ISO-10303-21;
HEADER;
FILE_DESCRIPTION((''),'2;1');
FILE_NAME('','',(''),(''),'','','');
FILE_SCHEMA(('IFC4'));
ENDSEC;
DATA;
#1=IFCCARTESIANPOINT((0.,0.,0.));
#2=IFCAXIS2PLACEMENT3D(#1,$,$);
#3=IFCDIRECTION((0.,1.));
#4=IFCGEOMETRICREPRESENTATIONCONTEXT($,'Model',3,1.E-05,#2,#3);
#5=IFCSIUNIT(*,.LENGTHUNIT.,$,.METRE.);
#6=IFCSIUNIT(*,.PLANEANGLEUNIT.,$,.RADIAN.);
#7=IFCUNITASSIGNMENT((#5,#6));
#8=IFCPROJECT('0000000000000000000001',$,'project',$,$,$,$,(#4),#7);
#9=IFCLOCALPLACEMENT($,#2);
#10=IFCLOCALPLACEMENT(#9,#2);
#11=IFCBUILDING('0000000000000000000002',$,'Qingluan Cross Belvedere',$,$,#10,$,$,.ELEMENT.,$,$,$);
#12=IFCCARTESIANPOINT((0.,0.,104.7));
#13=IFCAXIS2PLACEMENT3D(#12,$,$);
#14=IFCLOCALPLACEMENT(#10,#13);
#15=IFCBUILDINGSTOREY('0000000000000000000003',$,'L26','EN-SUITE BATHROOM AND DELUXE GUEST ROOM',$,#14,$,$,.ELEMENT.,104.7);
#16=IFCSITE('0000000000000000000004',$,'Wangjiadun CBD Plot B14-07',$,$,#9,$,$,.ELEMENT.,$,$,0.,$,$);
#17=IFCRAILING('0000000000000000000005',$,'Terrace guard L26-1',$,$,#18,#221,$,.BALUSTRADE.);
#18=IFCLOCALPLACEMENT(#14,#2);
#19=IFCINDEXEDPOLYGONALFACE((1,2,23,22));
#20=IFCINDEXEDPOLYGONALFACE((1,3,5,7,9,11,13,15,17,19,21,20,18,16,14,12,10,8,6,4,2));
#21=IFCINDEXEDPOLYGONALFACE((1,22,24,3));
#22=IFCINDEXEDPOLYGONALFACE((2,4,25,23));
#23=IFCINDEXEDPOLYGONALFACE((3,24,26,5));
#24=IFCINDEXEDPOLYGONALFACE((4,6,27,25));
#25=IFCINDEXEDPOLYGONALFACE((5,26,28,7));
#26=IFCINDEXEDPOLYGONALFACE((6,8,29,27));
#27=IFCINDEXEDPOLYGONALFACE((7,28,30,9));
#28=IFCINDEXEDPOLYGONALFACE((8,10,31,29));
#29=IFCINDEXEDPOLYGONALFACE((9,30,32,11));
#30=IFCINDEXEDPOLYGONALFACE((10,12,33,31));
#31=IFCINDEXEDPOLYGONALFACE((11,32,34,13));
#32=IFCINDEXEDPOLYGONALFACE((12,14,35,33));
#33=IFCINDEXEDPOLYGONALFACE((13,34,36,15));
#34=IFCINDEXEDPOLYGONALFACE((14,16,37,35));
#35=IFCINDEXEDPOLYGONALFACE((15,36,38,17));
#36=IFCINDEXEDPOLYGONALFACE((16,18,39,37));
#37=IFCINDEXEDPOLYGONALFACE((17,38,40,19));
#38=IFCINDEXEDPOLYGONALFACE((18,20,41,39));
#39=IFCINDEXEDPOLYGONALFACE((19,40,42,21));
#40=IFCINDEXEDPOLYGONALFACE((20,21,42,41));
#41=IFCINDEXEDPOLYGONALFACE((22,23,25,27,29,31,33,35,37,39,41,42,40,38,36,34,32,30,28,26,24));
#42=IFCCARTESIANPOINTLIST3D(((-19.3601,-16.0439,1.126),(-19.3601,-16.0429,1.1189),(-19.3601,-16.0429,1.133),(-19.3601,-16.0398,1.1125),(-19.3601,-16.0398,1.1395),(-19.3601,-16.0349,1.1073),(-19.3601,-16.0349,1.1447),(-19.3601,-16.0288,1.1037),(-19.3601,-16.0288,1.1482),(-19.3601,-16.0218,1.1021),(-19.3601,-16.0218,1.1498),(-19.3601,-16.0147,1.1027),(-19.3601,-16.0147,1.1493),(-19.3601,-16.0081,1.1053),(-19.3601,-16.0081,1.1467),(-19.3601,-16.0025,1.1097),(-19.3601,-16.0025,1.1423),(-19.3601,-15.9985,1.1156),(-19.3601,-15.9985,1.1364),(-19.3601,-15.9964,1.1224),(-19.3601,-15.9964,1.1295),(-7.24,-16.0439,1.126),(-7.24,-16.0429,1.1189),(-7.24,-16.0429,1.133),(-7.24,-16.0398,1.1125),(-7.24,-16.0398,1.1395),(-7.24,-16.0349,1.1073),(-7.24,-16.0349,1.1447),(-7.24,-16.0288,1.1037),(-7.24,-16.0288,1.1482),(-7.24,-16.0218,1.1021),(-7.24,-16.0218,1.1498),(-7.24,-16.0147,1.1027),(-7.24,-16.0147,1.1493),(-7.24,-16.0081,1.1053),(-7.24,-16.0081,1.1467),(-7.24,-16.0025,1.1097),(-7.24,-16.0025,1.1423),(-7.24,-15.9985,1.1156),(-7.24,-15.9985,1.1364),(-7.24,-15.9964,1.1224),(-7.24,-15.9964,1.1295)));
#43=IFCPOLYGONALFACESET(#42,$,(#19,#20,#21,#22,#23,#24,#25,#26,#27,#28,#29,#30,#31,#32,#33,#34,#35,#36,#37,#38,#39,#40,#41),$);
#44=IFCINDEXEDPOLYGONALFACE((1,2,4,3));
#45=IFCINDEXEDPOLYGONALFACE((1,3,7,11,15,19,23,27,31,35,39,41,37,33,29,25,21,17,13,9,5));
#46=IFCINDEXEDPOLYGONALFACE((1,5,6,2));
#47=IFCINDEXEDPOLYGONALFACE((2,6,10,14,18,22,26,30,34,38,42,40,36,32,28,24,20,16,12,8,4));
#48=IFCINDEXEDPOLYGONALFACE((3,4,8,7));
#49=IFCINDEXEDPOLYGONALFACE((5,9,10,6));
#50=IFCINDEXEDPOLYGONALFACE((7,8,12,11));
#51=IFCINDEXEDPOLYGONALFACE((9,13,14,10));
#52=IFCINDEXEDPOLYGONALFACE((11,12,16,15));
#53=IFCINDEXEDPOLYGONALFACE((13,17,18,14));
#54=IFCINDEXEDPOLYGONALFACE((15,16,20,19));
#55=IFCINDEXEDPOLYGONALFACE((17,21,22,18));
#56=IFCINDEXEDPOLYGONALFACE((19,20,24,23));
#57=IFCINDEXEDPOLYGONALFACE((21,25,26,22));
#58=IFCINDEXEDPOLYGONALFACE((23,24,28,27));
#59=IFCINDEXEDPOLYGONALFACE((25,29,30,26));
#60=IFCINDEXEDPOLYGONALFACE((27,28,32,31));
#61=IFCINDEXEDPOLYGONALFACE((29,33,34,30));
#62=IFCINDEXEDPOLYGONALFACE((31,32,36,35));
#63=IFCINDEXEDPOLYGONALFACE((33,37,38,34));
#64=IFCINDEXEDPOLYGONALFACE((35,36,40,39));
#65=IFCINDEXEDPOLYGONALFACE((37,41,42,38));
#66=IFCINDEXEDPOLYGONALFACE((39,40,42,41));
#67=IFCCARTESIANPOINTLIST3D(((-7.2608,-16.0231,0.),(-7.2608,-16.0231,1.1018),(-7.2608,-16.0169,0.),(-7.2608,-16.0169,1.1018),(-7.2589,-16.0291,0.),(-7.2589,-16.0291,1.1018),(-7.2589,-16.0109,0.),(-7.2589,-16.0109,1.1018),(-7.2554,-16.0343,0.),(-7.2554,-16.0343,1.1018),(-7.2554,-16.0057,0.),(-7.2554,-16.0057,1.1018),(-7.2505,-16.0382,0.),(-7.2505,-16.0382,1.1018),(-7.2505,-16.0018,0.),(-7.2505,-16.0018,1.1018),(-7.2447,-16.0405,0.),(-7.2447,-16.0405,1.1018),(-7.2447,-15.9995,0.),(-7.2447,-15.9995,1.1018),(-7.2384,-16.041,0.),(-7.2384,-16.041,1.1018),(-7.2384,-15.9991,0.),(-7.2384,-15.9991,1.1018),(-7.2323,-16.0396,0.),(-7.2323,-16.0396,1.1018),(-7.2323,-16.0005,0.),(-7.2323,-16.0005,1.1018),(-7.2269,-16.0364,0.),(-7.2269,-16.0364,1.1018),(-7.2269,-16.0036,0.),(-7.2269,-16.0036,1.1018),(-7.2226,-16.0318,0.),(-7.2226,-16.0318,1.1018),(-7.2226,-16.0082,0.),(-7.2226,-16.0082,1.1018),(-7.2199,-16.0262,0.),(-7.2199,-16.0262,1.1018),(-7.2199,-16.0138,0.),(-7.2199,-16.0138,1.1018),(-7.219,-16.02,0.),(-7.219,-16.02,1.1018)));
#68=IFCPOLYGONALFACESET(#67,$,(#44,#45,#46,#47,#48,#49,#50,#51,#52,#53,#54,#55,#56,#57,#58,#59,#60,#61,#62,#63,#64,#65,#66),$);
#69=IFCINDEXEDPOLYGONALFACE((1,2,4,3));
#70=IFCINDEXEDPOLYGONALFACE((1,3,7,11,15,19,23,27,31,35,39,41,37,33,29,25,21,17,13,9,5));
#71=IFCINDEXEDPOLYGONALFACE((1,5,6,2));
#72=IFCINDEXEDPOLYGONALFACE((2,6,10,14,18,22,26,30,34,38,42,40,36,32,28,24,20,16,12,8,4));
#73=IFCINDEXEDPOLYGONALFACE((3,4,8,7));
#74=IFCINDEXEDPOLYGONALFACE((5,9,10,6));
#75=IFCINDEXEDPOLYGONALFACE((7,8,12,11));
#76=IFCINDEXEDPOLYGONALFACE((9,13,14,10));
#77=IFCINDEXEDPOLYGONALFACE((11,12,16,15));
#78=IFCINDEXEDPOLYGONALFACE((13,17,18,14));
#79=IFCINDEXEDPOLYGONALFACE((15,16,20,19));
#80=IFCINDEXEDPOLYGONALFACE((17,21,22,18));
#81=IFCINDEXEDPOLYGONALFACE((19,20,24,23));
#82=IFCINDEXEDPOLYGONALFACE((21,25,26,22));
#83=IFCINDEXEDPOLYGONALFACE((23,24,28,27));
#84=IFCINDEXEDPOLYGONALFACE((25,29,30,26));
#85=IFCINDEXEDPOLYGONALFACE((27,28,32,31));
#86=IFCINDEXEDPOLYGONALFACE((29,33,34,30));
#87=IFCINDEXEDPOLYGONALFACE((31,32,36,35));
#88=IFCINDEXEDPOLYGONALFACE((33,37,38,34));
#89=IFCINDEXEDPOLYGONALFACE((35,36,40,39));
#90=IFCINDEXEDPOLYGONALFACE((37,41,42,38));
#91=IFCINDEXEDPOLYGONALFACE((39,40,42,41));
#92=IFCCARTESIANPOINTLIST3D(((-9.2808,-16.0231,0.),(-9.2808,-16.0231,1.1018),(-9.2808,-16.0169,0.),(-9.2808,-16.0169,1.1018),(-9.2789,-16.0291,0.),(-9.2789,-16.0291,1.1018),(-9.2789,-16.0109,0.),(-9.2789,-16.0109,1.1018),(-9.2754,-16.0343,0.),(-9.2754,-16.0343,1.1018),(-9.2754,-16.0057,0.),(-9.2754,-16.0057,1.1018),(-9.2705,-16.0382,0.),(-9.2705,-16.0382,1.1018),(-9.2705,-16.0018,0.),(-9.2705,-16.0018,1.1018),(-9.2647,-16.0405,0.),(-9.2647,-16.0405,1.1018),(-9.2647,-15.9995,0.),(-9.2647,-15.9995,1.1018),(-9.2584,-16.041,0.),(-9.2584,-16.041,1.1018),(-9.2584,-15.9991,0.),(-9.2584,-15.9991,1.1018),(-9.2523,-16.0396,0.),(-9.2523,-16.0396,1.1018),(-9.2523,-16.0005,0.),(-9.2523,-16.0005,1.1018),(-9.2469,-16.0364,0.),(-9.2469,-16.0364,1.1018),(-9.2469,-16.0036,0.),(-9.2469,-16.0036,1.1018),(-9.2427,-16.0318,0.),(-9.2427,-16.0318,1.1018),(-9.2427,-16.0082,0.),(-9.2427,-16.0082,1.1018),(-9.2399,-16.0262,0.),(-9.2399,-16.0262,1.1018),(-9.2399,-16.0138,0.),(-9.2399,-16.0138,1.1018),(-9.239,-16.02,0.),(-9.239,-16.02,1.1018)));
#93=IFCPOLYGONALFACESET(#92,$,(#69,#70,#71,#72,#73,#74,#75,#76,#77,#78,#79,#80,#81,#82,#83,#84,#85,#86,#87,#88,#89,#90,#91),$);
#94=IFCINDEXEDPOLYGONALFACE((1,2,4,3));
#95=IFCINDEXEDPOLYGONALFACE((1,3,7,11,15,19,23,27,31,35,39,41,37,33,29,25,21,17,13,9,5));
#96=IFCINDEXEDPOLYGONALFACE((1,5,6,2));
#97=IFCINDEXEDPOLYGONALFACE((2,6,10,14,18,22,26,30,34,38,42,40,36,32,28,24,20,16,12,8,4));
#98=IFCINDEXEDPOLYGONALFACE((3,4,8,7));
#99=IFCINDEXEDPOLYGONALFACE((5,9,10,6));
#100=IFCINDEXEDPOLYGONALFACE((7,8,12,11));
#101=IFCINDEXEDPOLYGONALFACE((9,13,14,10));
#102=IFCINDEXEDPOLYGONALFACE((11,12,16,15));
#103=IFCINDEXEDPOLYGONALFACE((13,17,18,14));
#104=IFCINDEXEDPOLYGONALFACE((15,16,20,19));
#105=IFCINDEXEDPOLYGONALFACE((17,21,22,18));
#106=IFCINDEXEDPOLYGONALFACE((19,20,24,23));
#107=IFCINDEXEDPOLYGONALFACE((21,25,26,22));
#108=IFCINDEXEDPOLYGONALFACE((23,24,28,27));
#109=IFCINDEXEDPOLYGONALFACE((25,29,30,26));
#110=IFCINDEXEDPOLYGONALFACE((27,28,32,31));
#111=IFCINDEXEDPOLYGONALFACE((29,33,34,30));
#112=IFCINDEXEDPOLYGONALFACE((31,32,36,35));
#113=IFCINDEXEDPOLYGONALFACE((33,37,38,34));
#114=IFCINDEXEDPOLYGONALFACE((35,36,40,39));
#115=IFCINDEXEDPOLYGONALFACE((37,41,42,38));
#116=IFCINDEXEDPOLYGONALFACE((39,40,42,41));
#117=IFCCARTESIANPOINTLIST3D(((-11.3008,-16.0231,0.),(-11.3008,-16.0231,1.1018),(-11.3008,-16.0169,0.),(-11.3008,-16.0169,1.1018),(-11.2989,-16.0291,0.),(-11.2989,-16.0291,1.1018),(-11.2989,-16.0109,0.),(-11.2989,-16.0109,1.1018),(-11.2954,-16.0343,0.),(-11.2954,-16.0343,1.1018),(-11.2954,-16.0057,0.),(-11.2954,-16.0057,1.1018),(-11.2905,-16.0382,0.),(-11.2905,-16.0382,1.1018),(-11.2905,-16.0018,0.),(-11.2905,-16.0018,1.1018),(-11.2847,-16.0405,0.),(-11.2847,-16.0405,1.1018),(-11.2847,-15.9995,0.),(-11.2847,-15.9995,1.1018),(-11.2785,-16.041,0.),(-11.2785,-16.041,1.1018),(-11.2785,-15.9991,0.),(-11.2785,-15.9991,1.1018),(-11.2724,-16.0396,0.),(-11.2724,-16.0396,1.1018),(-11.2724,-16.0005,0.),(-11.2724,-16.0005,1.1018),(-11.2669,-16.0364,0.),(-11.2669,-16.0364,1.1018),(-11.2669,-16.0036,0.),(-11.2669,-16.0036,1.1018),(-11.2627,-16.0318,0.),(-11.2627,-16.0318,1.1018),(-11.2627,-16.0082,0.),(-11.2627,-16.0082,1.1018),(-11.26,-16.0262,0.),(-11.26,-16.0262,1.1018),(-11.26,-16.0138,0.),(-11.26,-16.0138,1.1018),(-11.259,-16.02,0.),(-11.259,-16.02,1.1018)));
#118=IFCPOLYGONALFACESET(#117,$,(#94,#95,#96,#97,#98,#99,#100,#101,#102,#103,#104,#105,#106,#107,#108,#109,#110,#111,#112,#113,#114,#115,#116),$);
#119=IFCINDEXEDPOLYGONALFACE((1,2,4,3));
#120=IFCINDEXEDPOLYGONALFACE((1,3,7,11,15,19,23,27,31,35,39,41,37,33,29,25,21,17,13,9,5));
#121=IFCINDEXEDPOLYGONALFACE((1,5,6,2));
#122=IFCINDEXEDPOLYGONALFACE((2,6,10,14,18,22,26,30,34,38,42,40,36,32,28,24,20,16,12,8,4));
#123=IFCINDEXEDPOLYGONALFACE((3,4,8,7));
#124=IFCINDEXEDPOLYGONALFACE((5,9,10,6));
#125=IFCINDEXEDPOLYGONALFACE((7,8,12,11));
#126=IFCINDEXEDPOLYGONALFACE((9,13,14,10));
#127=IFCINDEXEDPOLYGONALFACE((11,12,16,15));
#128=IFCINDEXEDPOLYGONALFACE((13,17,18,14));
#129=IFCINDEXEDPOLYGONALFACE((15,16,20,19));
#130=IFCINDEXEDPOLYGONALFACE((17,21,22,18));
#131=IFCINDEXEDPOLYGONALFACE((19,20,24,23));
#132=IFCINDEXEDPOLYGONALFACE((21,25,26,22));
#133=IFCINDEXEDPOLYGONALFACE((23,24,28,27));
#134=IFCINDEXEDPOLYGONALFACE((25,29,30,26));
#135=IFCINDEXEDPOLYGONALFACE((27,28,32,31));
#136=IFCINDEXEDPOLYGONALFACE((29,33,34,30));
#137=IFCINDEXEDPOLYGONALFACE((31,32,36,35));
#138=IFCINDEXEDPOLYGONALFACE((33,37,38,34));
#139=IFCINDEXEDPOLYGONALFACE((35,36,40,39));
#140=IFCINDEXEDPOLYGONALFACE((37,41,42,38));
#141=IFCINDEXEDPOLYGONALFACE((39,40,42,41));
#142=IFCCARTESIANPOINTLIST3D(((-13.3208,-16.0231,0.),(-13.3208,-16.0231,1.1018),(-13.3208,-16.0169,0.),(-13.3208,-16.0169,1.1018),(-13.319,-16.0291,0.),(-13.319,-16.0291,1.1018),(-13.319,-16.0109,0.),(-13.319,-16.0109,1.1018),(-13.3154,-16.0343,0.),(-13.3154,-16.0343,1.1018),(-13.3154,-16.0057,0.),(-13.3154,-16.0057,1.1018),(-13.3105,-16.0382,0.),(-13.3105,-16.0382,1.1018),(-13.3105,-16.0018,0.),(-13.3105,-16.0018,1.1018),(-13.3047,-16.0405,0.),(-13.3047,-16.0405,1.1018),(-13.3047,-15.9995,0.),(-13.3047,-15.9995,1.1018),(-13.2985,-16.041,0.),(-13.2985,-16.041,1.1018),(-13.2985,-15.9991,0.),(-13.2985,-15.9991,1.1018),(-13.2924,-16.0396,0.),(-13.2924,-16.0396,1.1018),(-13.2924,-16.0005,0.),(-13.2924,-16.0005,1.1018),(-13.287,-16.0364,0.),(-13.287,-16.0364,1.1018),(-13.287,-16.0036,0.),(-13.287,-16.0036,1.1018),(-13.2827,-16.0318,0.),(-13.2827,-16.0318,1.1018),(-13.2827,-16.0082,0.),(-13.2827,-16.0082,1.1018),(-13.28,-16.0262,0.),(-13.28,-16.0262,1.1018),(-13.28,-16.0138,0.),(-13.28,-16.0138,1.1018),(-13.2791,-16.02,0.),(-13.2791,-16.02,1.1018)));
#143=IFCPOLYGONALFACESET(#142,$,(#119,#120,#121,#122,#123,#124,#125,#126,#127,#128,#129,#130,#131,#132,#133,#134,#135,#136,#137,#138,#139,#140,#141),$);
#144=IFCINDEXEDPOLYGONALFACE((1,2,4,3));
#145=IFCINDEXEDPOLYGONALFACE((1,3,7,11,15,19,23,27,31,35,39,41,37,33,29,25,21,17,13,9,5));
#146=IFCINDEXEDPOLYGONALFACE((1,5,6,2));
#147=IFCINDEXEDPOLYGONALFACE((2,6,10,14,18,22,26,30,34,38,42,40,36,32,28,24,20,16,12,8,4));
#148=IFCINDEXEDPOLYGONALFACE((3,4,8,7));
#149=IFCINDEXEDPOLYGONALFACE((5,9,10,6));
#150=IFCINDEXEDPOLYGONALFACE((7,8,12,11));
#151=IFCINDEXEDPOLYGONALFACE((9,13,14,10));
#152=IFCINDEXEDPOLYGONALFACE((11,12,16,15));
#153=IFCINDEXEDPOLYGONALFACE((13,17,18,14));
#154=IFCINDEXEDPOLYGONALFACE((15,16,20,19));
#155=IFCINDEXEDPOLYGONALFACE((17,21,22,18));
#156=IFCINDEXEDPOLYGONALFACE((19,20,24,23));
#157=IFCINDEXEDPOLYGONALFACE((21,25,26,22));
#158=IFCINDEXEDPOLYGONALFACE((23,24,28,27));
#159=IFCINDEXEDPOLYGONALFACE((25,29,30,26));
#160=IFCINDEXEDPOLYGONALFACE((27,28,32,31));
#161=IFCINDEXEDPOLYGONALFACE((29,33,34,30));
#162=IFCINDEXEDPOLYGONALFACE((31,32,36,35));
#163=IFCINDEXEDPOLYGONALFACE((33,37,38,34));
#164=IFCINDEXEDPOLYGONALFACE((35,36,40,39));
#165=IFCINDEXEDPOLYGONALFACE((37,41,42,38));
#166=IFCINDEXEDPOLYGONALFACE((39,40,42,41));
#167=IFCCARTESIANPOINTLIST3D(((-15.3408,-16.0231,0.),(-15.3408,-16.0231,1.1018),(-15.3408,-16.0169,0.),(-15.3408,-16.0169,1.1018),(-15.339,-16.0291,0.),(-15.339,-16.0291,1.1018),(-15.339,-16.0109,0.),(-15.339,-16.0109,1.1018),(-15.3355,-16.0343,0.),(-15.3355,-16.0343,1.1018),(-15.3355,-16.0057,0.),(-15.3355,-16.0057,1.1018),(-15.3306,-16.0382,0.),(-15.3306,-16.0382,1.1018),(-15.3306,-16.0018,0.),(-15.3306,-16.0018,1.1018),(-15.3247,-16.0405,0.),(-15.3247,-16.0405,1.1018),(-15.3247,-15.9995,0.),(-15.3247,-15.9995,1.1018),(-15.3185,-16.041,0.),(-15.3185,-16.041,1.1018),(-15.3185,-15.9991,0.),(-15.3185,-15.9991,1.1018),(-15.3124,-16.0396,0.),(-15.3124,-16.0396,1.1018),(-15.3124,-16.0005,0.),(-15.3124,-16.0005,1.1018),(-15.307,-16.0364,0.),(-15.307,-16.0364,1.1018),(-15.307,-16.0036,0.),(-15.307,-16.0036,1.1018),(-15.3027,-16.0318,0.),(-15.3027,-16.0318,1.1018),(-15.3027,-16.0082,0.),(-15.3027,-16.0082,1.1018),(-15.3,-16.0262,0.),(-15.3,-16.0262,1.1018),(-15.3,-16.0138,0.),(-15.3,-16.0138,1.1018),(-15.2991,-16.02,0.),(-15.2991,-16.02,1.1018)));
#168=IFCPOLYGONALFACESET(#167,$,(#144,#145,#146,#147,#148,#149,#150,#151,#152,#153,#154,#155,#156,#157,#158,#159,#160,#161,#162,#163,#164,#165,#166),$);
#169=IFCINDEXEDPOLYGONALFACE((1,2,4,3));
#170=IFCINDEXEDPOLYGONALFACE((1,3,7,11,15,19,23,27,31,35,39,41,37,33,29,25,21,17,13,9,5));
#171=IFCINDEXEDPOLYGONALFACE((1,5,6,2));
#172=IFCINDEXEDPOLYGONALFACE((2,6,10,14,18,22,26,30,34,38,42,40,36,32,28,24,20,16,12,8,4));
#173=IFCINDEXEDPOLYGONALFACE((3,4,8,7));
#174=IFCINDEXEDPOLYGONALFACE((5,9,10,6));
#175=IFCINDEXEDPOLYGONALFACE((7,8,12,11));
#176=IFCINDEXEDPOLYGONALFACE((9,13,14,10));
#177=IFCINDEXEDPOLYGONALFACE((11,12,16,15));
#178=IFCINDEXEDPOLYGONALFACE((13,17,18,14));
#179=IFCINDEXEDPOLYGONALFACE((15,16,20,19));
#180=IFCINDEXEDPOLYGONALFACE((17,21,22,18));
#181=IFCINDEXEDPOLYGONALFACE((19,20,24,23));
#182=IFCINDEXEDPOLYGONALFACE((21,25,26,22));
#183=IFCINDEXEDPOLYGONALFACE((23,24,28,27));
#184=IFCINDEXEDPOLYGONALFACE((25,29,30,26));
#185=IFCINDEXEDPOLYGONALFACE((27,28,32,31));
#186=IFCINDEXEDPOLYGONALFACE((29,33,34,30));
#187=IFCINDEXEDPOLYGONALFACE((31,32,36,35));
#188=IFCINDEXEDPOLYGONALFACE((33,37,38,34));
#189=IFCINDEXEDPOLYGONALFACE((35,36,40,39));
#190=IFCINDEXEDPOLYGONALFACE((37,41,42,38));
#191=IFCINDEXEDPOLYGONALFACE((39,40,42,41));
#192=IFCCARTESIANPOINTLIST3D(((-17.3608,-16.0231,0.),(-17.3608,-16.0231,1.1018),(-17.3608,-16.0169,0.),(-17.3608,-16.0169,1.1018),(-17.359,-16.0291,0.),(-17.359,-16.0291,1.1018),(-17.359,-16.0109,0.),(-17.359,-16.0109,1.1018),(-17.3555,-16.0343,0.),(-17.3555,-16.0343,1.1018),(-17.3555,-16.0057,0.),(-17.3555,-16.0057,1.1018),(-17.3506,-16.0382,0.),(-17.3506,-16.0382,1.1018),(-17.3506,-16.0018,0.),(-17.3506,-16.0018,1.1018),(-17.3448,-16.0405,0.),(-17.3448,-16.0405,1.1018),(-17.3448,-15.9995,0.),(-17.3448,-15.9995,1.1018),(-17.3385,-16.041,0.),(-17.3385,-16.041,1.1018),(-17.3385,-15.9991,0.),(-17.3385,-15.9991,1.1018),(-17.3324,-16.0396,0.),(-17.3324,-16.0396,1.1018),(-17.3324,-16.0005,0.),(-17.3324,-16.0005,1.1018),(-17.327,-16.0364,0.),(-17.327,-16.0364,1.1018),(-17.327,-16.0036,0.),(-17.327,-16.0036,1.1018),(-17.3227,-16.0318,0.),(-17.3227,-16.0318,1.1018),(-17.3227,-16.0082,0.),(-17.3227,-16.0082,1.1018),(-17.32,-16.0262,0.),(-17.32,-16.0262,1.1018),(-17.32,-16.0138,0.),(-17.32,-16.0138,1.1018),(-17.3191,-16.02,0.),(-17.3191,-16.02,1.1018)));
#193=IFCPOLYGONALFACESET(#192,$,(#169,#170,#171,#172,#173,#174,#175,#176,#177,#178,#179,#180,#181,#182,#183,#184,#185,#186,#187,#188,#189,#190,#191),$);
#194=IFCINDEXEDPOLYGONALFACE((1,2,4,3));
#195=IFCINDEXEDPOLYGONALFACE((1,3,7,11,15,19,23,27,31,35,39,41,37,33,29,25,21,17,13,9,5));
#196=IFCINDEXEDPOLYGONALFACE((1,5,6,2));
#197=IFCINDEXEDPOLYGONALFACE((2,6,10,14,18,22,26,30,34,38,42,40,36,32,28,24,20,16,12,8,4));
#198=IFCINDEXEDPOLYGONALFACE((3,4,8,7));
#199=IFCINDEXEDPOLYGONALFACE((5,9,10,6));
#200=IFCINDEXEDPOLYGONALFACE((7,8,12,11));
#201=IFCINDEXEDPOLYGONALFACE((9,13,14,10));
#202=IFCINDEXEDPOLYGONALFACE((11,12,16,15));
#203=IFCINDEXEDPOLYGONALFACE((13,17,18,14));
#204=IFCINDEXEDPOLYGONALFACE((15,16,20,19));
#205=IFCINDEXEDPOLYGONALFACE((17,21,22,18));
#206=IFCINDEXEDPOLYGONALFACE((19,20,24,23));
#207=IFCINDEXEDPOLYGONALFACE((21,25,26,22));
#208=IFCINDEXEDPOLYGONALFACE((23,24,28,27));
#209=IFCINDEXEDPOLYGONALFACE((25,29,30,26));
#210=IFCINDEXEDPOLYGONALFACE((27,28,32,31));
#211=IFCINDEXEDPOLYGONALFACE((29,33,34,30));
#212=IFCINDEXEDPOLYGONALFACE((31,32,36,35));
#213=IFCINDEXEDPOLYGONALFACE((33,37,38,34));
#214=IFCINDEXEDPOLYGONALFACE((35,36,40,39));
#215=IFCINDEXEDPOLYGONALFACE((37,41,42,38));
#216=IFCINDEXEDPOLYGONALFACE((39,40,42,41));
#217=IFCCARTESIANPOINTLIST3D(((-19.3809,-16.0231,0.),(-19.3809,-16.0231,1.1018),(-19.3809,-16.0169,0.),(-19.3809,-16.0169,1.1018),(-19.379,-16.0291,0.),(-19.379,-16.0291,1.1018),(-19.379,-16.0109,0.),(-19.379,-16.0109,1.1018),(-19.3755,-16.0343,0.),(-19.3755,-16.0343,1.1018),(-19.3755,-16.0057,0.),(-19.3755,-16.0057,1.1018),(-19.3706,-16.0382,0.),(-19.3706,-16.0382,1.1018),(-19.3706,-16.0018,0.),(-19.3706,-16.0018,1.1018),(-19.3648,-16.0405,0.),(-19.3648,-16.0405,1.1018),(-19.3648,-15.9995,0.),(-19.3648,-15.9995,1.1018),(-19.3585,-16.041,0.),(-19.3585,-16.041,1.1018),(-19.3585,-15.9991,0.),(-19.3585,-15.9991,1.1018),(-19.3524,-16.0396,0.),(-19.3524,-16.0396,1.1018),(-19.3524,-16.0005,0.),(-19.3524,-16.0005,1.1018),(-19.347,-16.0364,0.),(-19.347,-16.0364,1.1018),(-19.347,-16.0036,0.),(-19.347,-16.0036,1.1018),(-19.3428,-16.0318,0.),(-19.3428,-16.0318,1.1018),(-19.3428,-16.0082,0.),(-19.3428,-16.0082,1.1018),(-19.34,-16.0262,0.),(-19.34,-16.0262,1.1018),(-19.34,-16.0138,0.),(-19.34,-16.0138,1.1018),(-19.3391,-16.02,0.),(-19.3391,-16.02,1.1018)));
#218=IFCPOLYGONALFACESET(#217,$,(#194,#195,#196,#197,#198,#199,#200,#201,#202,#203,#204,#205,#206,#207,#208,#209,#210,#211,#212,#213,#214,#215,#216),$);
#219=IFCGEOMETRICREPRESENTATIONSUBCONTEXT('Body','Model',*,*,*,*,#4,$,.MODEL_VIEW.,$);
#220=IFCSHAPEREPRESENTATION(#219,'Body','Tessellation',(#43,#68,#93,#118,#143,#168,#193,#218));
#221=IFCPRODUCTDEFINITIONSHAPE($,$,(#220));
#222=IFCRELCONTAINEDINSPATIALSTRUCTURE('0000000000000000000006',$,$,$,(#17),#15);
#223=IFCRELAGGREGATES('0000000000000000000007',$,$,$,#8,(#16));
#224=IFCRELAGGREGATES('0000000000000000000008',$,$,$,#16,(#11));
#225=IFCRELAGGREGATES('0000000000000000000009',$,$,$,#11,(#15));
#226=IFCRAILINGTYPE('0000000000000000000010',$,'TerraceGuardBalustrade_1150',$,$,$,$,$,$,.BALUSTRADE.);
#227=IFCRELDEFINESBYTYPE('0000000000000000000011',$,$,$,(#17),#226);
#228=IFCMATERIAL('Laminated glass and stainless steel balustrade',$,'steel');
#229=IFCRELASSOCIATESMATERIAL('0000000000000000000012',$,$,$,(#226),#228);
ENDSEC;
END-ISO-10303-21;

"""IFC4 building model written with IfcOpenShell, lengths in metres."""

from ifc_helpers import new_model, si_unit, direction, frame, origin, origin_2d, place, context, subcontext, project, spatial, circle, extrude, material, type_object, element, save


model = new_model("IFC4")

# Units and contexts
model_context = context("Model", 3, precision=1e-05, world=origin(), true_north=direction((0.0, 1.0)))
body_context = subcontext(model_context, "Body", "Model", "MODEL_VIEW")
ifc_project = project(units=[si_unit("LENGTHUNIT", "METRE"), si_unit("PLANEANGLEUNIT", "RADIAN")], contexts=[model_context])

# Site, building, storey
site_placement = place(None, origin())
site = spatial("IfcSite", under=ifc_project, at=site_placement, Name="Wangjiadun CBD Plot B14-07", CompositionType="ELEMENT", RefElevation=0.0)
building_placement = place(site_placement, origin())
building = spatial("IfcBuilding", under=site, at=building_placement, Name="Qingluan Cross Belvedere", CompositionType="ELEMENT")
storey_placement = place(building_placement, frame((0.0, 0.0, 104.7)))
storey = spatial("IfcBuildingStorey", under=building, at=storey_placement, Name="L26", Description="EN-SUITE BATHROOM AND DELUXE GUEST ROOM", CompositionType="ELEMENT", Elevation=104.7)

# Railing
ifc_material_1 = material(Name="Laminated glass and stainless steel balustrade", Category="steel")
railing_type = type_object("IfcRailingType", Name="TerraceGuardBalustrade_1150", PredefinedType="BALUSTRADE", material=ifc_material_1)
railing_placement = place(storey_placement, frame((-7.24, -16.02, 0.0)))
element("IfcRailing", 1, at=railing_placement, inside=storey, type_object=railing_type, Name="Terrace guard L26-1", PredefinedType="BALUSTRADE", context=body_context, shape_type="SweptSolid", body=[
    extrude(circle(Radius=0.0239, at=origin_2d()), frame((0.0, 0.0, 1.126), z_axis=(-1.0, 0.0, 0.0), x_axis=(0.0, -1.0, 0.0)), (0.0, 0.0, 1.0), 12.1201),
    extrude(circle(Radius=0.021, at=origin_2d()), origin(), (0.0, 0.0, 1.0), 1.1018),
    extrude(circle(Radius=0.021, at=origin_2d()), frame((-2.02, 0.0, 0.0)), (0.0, 0.0, 1.0), 1.1018),
    extrude(circle(Radius=0.021, at=origin_2d()), frame((-4.04, 0.0, 0.0)), (0.0, 0.0, 1.0), 1.1018),
    extrude(circle(Radius=0.021, at=origin_2d()), frame((-6.0601, 0.0, 0.0)), (0.0, 0.0, 1.0), 1.1018),
    extrude(circle(Radius=0.021, at=origin_2d()), frame((-8.0801, 0.0, 0.0)), (0.0, 0.0, 1.0), 1.1018),
    extrude(circle(Radius=0.021, at=origin_2d()), frame((-10.1001, 0.0, 0.0)), (0.0, 0.0, 1.0), 1.1018),
    extrude(circle(Radius=0.021, at=origin_2d()), frame((-12.1201, 0.0, 0.0)), (0.0, 0.0, 1.0), 1.1018),
])

save(model, "model.ifc")
